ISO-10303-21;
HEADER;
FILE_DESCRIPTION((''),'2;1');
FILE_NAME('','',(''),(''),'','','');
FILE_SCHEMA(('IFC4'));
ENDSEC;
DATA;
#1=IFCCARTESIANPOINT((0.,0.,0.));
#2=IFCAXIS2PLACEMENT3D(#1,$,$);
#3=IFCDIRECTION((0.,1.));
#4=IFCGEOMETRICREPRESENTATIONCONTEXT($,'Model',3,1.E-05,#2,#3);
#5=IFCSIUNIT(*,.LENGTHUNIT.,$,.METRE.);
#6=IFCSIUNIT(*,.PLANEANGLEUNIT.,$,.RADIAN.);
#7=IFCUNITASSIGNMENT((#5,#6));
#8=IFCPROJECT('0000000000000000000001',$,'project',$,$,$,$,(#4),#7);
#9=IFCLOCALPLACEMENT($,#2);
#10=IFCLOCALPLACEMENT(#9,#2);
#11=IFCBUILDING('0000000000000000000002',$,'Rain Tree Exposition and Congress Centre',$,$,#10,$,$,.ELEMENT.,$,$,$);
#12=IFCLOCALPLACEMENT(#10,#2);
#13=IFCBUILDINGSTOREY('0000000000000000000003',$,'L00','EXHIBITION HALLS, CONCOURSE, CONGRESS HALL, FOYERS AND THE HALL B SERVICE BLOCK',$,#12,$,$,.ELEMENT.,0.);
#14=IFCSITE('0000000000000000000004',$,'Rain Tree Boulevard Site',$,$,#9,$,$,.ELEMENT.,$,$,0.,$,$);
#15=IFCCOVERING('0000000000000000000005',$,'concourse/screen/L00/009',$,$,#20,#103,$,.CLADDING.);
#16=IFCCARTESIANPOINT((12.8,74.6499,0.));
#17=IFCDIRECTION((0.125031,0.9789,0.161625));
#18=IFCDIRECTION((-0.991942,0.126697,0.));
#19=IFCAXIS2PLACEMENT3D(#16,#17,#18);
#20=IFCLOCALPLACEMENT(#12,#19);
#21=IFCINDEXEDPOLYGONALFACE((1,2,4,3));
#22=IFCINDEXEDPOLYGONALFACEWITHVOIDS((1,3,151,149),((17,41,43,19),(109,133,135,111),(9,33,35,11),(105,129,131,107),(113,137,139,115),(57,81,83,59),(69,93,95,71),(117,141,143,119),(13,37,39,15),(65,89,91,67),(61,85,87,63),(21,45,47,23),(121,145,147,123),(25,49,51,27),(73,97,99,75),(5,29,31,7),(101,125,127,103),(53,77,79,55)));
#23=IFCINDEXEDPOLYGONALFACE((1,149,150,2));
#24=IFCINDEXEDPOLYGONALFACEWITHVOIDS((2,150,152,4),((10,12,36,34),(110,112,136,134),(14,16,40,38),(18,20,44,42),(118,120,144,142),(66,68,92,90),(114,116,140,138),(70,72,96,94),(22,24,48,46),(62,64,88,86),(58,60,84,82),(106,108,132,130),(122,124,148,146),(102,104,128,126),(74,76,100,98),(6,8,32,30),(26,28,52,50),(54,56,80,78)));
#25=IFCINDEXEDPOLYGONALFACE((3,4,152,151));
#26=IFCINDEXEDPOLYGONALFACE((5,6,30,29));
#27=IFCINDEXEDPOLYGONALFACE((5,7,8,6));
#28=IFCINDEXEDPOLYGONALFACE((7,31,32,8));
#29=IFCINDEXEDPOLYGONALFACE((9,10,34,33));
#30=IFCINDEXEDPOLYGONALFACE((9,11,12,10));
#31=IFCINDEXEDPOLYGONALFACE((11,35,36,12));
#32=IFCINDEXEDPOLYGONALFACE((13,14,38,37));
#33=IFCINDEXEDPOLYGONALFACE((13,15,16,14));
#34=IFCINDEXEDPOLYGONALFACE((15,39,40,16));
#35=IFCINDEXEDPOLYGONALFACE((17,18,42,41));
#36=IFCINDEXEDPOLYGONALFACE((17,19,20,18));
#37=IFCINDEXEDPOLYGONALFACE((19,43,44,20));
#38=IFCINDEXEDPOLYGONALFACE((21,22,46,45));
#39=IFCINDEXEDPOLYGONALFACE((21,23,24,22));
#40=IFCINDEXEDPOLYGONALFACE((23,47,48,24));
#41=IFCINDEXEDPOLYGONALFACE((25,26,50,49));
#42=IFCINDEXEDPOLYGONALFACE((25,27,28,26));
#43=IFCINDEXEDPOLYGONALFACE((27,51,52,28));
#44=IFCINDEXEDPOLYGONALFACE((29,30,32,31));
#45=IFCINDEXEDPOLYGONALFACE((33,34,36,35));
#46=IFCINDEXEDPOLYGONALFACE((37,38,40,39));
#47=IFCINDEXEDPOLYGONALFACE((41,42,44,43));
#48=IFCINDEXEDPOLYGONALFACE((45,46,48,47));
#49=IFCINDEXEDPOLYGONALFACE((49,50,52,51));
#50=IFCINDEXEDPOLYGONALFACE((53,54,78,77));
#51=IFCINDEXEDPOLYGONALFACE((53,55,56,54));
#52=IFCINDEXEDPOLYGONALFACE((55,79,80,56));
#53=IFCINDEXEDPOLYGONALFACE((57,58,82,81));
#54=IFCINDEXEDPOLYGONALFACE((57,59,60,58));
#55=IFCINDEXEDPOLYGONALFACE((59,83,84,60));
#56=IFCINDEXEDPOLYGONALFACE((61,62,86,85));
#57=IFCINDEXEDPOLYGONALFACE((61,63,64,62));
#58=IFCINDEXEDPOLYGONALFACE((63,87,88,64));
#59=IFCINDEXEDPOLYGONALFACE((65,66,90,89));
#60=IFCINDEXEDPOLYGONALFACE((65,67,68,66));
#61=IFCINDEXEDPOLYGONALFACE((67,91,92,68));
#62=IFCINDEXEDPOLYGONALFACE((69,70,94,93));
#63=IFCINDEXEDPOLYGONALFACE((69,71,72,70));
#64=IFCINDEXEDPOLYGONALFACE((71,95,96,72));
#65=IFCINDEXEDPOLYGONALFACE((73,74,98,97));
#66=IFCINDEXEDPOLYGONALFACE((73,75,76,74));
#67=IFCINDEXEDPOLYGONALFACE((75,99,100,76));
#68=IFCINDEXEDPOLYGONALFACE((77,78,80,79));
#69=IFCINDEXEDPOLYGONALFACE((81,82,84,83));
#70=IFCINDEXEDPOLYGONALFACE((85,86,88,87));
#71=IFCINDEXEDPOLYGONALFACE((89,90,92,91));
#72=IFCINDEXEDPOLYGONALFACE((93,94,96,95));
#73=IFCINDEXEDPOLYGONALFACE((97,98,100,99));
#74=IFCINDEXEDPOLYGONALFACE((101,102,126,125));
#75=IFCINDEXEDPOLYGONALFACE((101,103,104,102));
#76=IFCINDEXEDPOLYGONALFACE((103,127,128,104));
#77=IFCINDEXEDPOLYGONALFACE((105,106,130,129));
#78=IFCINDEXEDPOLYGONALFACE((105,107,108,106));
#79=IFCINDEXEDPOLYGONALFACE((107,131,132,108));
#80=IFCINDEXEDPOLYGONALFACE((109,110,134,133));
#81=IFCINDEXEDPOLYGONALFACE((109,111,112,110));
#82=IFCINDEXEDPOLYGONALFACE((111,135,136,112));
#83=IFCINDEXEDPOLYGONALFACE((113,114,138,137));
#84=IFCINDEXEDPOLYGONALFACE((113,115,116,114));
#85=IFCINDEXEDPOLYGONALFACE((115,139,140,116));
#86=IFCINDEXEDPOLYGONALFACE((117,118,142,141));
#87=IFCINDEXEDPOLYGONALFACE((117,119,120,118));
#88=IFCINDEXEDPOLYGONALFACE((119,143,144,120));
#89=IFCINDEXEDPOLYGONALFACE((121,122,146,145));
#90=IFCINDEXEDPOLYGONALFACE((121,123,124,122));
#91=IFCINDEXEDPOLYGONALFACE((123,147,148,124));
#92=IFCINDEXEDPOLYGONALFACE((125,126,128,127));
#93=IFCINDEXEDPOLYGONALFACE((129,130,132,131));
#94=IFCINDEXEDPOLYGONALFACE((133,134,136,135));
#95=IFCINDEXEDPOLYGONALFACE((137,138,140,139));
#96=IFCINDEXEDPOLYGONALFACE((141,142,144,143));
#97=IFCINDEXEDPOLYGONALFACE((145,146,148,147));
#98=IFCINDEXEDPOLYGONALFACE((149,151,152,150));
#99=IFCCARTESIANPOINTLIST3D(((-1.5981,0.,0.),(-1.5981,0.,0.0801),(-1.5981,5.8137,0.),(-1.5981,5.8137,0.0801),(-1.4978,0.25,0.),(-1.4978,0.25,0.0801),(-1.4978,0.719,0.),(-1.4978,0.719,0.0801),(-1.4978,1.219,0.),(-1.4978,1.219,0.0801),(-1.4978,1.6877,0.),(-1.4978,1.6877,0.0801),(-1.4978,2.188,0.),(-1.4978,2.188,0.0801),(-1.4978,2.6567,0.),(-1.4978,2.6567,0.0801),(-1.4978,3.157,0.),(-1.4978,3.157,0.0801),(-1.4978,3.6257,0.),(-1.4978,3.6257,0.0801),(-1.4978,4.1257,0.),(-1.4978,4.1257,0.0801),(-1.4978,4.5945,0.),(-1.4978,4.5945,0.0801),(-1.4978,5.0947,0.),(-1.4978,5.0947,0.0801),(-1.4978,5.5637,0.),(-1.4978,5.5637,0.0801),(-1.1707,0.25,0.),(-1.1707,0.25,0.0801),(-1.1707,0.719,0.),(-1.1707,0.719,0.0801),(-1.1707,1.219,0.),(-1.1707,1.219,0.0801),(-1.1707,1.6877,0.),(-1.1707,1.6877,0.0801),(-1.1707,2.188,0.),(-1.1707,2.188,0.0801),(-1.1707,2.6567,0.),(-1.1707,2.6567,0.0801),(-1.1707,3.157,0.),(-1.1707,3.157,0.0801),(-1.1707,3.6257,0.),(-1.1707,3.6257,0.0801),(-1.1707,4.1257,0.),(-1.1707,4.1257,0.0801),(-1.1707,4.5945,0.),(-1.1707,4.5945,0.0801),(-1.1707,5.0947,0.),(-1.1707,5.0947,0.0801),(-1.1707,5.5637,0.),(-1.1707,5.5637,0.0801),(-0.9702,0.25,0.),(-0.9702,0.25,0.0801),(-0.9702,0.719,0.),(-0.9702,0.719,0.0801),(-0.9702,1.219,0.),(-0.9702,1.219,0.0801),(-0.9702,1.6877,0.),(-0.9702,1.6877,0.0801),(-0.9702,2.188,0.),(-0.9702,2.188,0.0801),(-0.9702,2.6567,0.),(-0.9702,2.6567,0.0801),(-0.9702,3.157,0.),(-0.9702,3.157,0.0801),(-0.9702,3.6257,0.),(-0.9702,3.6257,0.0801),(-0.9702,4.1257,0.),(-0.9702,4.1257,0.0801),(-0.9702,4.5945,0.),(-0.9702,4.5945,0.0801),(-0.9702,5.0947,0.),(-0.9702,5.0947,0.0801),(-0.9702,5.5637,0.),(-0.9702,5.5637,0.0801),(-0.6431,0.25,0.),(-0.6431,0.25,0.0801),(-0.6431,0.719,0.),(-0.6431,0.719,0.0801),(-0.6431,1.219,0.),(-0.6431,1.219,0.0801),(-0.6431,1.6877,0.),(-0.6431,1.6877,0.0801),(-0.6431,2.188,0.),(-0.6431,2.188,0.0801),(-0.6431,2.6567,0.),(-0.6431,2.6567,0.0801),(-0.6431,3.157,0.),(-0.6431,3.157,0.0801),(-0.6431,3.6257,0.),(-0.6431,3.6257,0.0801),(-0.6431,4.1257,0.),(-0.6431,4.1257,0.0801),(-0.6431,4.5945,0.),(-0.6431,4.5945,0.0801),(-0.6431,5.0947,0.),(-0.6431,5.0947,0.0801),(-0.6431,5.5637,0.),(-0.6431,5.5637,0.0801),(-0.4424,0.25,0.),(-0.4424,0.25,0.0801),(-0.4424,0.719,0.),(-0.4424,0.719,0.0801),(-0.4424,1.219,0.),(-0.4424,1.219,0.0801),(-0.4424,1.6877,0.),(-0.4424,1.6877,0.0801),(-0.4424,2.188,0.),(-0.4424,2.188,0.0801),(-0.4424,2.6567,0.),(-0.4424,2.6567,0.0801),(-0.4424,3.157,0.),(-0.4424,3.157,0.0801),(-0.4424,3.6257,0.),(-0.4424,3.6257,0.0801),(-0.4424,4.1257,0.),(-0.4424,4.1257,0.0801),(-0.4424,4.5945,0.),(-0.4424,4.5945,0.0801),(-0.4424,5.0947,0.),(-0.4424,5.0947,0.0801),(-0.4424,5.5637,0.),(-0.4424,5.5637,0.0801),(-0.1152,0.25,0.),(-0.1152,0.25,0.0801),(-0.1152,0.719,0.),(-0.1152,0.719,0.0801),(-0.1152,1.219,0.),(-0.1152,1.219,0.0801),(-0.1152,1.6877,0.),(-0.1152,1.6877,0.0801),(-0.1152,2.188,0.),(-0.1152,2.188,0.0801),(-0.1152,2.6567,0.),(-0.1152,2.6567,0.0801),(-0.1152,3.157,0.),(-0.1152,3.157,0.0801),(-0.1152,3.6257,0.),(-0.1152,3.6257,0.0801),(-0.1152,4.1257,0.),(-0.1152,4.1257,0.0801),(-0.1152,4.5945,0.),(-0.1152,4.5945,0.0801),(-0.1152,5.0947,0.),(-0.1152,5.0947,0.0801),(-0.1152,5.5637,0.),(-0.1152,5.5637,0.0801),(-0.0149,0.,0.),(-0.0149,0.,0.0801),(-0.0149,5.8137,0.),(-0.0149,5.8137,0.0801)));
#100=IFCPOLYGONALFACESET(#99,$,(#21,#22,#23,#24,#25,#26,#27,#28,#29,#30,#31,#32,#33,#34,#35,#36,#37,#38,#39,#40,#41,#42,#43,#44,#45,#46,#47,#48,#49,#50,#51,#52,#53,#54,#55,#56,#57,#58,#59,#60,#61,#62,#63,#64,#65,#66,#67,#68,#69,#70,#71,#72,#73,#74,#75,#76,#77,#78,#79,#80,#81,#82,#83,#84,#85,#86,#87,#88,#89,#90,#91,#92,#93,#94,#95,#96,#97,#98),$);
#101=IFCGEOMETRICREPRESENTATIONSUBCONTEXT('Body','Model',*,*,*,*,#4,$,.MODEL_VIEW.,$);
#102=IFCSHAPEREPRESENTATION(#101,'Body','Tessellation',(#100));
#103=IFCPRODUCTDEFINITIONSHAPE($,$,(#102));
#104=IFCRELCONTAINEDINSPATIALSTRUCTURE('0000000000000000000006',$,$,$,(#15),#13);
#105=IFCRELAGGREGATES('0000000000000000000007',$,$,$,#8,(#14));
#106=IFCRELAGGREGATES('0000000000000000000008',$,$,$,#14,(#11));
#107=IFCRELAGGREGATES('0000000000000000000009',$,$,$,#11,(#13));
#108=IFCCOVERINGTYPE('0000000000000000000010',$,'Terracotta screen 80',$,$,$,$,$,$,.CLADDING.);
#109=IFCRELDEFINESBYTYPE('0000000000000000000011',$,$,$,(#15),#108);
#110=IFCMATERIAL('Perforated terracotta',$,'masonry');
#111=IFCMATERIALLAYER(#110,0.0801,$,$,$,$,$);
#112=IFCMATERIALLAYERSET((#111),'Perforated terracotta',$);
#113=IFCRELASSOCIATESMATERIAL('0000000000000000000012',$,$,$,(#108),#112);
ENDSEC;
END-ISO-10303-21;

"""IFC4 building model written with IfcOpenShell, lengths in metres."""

from ifc_helpers import new_model, si_unit, direction, frame, origin, place, context, subcontext, project, spatial, polyline, outline, extrude, material, layer, layer_set, type_object, element, save


model = new_model("IFC4")

# Units and contexts
model_context = context("Model", 3, precision=1e-05, world=origin(), true_north=direction((0.0, 1.0)))
body_context = subcontext(model_context, "Body", "Model", "MODEL_VIEW")
ifc_project = project(units=[si_unit("LENGTHUNIT", "METRE"), si_unit("PLANEANGLEUNIT", "RADIAN")], contexts=[model_context])

# Site, building, storey
site_placement = place(None, origin())
site = spatial("IfcSite", under=ifc_project, at=site_placement, Name="Rain Tree Boulevard Site", CompositionType="ELEMENT", RefElevation=0.0)
building_placement = place(site_placement, origin())
building = spatial("IfcBuilding", under=site, at=building_placement, Name="Rain Tree Exposition and Congress Centre", CompositionType="ELEMENT")
storey_placement = place(building_placement, origin())
storey = spatial("IfcBuildingStorey", under=building, at=storey_placement, Name="L00", Description="EXHIBITION HALLS, CONCOURSE, CONGRESS HALL, FOYERS AND THE HALL B SERVICE BLOCK", CompositionType="ELEMENT", Elevation=0.0)

# Covering
ifc_material_1 = material(Name="Perforated terracotta", Category="masonry")
ifc_layer_1 = layer(ifc_material_1, 0.0801)
ifc_layer_set_1 = layer_set([ifc_layer_1], Name="Perforated terracotta")
covering_type = type_object("IfcCoveringType", Name="Terracotta screen 80", PredefinedType="CLADDING", material=ifc_layer_set_1)
covering_1_placement = place(storey_placement, frame((12.8, 74.6499, 0.0), z_axis=(0.125031, 0.9789, 0.161625), x_axis=(-0.991942, 0.126697, 0.0)))
element("IfcCovering", 1, at=covering_1_placement, inside=storey, type_object=covering_type, Name="concourse/screen/L00/009", PredefinedType="CLADDING", context=body_context, shape_type="SweptSolid", body=[
    extrude(outline(polyline([(-0.0149, 0.0), (-1.5981, 0.0), (-1.5981, 5.8137), (-0.0149, 5.8137), (-0.0149, 0.0)]), holes=[polyline([(-0.1152, 0.25), (-0.1152, 0.719), (-0.4424, 0.719), (-0.4424, 0.25), (-0.1152, 0.25)]), polyline([(-0.1152, 1.219), (-0.1152, 1.6877), (-0.4424, 1.6877), (-0.4424, 1.219), (-0.1152, 1.219)]), polyline([(-0.1152, 2.188), (-0.1152, 2.6567), (-0.4424, 2.6567), (-0.4424, 2.188), (-0.1152, 2.188)]), polyline([(-0.1152, 3.157), (-0.1152, 3.6257), (-0.4424, 3.6257), (-0.4424, 3.157), (-0.1152, 3.157)]), polyline([(-0.1152, 4.1257), (-0.1152, 4.5945), (-0.4424, 4.5945), (-0.4424, 4.1257), (-0.1152, 4.1257)]), polyline([(-0.1152, 5.0947), (-0.1152, 5.5637), (-0.4424, 5.5637), (-0.4424, 5.0947), (-0.1152, 5.0947)]), polyline([(-0.6431, 0.25), (-0.6431, 0.719), (-0.9702, 0.719), (-0.9702, 0.25), (-0.6431, 0.25)]), polyline([(-0.6431, 1.219), (-0.6431, 1.6877), (-0.9702, 1.6877), (-0.9702, 1.219), (-0.6431, 1.219)]), polyline([(-0.6431, 2.188), (-0.6431, 2.6567), (-0.9702, 2.6567), (-0.9702, 2.188), (-0.6431, 2.188)]), polyline([(-0.6431, 3.157), (-0.6431, 3.6257), (-0.9702, 3.6257), (-0.9702, 3.157), (-0.6431, 3.157)]), polyline([(-0.6431, 4.1257), (-0.6431, 4.5945), (-0.9702, 4.5945), (-0.9702, 4.1257), (-0.6431, 4.1257)]), polyline([(-0.6431, 5.0947), (-0.6431, 5.5637), (-0.9702, 5.5637), (-0.9702, 5.0947), (-0.6431, 5.0947)]), polyline([(-1.1707, 0.25), (-1.1707, 0.719), (-1.4978, 0.719), (-1.4978, 0.25), (-1.1707, 0.25)]), polyline([(-1.1707, 1.219), (-1.1707, 1.6877), (-1.4978, 1.6877), (-1.4978, 1.219), (-1.1707, 1.219)]), polyline([(-1.1707, 2.188), (-1.1707, 2.6567), (-1.4978, 2.6567), (-1.4978, 2.188), (-1.1707, 2.188)]), polyline([(-1.1707, 3.157), (-1.1707, 3.6257), (-1.4978, 3.6257), (-1.4978, 3.157), (-1.1707, 3.157)]), polyline([(-1.1707, 4.1257), (-1.1707, 4.5945), (-1.4978, 4.5945), (-1.4978, 4.1257), (-1.1707, 4.1257)]), polyline([(-1.1707, 5.0947), (-1.1707, 5.5637), (-1.4978, 5.5637), (-1.4978, 5.0947), (-1.1707, 5.0947)])]), origin(), (0.0, 0.0, 1.0), 0.0801),
])

save(model, "model.ifc")
